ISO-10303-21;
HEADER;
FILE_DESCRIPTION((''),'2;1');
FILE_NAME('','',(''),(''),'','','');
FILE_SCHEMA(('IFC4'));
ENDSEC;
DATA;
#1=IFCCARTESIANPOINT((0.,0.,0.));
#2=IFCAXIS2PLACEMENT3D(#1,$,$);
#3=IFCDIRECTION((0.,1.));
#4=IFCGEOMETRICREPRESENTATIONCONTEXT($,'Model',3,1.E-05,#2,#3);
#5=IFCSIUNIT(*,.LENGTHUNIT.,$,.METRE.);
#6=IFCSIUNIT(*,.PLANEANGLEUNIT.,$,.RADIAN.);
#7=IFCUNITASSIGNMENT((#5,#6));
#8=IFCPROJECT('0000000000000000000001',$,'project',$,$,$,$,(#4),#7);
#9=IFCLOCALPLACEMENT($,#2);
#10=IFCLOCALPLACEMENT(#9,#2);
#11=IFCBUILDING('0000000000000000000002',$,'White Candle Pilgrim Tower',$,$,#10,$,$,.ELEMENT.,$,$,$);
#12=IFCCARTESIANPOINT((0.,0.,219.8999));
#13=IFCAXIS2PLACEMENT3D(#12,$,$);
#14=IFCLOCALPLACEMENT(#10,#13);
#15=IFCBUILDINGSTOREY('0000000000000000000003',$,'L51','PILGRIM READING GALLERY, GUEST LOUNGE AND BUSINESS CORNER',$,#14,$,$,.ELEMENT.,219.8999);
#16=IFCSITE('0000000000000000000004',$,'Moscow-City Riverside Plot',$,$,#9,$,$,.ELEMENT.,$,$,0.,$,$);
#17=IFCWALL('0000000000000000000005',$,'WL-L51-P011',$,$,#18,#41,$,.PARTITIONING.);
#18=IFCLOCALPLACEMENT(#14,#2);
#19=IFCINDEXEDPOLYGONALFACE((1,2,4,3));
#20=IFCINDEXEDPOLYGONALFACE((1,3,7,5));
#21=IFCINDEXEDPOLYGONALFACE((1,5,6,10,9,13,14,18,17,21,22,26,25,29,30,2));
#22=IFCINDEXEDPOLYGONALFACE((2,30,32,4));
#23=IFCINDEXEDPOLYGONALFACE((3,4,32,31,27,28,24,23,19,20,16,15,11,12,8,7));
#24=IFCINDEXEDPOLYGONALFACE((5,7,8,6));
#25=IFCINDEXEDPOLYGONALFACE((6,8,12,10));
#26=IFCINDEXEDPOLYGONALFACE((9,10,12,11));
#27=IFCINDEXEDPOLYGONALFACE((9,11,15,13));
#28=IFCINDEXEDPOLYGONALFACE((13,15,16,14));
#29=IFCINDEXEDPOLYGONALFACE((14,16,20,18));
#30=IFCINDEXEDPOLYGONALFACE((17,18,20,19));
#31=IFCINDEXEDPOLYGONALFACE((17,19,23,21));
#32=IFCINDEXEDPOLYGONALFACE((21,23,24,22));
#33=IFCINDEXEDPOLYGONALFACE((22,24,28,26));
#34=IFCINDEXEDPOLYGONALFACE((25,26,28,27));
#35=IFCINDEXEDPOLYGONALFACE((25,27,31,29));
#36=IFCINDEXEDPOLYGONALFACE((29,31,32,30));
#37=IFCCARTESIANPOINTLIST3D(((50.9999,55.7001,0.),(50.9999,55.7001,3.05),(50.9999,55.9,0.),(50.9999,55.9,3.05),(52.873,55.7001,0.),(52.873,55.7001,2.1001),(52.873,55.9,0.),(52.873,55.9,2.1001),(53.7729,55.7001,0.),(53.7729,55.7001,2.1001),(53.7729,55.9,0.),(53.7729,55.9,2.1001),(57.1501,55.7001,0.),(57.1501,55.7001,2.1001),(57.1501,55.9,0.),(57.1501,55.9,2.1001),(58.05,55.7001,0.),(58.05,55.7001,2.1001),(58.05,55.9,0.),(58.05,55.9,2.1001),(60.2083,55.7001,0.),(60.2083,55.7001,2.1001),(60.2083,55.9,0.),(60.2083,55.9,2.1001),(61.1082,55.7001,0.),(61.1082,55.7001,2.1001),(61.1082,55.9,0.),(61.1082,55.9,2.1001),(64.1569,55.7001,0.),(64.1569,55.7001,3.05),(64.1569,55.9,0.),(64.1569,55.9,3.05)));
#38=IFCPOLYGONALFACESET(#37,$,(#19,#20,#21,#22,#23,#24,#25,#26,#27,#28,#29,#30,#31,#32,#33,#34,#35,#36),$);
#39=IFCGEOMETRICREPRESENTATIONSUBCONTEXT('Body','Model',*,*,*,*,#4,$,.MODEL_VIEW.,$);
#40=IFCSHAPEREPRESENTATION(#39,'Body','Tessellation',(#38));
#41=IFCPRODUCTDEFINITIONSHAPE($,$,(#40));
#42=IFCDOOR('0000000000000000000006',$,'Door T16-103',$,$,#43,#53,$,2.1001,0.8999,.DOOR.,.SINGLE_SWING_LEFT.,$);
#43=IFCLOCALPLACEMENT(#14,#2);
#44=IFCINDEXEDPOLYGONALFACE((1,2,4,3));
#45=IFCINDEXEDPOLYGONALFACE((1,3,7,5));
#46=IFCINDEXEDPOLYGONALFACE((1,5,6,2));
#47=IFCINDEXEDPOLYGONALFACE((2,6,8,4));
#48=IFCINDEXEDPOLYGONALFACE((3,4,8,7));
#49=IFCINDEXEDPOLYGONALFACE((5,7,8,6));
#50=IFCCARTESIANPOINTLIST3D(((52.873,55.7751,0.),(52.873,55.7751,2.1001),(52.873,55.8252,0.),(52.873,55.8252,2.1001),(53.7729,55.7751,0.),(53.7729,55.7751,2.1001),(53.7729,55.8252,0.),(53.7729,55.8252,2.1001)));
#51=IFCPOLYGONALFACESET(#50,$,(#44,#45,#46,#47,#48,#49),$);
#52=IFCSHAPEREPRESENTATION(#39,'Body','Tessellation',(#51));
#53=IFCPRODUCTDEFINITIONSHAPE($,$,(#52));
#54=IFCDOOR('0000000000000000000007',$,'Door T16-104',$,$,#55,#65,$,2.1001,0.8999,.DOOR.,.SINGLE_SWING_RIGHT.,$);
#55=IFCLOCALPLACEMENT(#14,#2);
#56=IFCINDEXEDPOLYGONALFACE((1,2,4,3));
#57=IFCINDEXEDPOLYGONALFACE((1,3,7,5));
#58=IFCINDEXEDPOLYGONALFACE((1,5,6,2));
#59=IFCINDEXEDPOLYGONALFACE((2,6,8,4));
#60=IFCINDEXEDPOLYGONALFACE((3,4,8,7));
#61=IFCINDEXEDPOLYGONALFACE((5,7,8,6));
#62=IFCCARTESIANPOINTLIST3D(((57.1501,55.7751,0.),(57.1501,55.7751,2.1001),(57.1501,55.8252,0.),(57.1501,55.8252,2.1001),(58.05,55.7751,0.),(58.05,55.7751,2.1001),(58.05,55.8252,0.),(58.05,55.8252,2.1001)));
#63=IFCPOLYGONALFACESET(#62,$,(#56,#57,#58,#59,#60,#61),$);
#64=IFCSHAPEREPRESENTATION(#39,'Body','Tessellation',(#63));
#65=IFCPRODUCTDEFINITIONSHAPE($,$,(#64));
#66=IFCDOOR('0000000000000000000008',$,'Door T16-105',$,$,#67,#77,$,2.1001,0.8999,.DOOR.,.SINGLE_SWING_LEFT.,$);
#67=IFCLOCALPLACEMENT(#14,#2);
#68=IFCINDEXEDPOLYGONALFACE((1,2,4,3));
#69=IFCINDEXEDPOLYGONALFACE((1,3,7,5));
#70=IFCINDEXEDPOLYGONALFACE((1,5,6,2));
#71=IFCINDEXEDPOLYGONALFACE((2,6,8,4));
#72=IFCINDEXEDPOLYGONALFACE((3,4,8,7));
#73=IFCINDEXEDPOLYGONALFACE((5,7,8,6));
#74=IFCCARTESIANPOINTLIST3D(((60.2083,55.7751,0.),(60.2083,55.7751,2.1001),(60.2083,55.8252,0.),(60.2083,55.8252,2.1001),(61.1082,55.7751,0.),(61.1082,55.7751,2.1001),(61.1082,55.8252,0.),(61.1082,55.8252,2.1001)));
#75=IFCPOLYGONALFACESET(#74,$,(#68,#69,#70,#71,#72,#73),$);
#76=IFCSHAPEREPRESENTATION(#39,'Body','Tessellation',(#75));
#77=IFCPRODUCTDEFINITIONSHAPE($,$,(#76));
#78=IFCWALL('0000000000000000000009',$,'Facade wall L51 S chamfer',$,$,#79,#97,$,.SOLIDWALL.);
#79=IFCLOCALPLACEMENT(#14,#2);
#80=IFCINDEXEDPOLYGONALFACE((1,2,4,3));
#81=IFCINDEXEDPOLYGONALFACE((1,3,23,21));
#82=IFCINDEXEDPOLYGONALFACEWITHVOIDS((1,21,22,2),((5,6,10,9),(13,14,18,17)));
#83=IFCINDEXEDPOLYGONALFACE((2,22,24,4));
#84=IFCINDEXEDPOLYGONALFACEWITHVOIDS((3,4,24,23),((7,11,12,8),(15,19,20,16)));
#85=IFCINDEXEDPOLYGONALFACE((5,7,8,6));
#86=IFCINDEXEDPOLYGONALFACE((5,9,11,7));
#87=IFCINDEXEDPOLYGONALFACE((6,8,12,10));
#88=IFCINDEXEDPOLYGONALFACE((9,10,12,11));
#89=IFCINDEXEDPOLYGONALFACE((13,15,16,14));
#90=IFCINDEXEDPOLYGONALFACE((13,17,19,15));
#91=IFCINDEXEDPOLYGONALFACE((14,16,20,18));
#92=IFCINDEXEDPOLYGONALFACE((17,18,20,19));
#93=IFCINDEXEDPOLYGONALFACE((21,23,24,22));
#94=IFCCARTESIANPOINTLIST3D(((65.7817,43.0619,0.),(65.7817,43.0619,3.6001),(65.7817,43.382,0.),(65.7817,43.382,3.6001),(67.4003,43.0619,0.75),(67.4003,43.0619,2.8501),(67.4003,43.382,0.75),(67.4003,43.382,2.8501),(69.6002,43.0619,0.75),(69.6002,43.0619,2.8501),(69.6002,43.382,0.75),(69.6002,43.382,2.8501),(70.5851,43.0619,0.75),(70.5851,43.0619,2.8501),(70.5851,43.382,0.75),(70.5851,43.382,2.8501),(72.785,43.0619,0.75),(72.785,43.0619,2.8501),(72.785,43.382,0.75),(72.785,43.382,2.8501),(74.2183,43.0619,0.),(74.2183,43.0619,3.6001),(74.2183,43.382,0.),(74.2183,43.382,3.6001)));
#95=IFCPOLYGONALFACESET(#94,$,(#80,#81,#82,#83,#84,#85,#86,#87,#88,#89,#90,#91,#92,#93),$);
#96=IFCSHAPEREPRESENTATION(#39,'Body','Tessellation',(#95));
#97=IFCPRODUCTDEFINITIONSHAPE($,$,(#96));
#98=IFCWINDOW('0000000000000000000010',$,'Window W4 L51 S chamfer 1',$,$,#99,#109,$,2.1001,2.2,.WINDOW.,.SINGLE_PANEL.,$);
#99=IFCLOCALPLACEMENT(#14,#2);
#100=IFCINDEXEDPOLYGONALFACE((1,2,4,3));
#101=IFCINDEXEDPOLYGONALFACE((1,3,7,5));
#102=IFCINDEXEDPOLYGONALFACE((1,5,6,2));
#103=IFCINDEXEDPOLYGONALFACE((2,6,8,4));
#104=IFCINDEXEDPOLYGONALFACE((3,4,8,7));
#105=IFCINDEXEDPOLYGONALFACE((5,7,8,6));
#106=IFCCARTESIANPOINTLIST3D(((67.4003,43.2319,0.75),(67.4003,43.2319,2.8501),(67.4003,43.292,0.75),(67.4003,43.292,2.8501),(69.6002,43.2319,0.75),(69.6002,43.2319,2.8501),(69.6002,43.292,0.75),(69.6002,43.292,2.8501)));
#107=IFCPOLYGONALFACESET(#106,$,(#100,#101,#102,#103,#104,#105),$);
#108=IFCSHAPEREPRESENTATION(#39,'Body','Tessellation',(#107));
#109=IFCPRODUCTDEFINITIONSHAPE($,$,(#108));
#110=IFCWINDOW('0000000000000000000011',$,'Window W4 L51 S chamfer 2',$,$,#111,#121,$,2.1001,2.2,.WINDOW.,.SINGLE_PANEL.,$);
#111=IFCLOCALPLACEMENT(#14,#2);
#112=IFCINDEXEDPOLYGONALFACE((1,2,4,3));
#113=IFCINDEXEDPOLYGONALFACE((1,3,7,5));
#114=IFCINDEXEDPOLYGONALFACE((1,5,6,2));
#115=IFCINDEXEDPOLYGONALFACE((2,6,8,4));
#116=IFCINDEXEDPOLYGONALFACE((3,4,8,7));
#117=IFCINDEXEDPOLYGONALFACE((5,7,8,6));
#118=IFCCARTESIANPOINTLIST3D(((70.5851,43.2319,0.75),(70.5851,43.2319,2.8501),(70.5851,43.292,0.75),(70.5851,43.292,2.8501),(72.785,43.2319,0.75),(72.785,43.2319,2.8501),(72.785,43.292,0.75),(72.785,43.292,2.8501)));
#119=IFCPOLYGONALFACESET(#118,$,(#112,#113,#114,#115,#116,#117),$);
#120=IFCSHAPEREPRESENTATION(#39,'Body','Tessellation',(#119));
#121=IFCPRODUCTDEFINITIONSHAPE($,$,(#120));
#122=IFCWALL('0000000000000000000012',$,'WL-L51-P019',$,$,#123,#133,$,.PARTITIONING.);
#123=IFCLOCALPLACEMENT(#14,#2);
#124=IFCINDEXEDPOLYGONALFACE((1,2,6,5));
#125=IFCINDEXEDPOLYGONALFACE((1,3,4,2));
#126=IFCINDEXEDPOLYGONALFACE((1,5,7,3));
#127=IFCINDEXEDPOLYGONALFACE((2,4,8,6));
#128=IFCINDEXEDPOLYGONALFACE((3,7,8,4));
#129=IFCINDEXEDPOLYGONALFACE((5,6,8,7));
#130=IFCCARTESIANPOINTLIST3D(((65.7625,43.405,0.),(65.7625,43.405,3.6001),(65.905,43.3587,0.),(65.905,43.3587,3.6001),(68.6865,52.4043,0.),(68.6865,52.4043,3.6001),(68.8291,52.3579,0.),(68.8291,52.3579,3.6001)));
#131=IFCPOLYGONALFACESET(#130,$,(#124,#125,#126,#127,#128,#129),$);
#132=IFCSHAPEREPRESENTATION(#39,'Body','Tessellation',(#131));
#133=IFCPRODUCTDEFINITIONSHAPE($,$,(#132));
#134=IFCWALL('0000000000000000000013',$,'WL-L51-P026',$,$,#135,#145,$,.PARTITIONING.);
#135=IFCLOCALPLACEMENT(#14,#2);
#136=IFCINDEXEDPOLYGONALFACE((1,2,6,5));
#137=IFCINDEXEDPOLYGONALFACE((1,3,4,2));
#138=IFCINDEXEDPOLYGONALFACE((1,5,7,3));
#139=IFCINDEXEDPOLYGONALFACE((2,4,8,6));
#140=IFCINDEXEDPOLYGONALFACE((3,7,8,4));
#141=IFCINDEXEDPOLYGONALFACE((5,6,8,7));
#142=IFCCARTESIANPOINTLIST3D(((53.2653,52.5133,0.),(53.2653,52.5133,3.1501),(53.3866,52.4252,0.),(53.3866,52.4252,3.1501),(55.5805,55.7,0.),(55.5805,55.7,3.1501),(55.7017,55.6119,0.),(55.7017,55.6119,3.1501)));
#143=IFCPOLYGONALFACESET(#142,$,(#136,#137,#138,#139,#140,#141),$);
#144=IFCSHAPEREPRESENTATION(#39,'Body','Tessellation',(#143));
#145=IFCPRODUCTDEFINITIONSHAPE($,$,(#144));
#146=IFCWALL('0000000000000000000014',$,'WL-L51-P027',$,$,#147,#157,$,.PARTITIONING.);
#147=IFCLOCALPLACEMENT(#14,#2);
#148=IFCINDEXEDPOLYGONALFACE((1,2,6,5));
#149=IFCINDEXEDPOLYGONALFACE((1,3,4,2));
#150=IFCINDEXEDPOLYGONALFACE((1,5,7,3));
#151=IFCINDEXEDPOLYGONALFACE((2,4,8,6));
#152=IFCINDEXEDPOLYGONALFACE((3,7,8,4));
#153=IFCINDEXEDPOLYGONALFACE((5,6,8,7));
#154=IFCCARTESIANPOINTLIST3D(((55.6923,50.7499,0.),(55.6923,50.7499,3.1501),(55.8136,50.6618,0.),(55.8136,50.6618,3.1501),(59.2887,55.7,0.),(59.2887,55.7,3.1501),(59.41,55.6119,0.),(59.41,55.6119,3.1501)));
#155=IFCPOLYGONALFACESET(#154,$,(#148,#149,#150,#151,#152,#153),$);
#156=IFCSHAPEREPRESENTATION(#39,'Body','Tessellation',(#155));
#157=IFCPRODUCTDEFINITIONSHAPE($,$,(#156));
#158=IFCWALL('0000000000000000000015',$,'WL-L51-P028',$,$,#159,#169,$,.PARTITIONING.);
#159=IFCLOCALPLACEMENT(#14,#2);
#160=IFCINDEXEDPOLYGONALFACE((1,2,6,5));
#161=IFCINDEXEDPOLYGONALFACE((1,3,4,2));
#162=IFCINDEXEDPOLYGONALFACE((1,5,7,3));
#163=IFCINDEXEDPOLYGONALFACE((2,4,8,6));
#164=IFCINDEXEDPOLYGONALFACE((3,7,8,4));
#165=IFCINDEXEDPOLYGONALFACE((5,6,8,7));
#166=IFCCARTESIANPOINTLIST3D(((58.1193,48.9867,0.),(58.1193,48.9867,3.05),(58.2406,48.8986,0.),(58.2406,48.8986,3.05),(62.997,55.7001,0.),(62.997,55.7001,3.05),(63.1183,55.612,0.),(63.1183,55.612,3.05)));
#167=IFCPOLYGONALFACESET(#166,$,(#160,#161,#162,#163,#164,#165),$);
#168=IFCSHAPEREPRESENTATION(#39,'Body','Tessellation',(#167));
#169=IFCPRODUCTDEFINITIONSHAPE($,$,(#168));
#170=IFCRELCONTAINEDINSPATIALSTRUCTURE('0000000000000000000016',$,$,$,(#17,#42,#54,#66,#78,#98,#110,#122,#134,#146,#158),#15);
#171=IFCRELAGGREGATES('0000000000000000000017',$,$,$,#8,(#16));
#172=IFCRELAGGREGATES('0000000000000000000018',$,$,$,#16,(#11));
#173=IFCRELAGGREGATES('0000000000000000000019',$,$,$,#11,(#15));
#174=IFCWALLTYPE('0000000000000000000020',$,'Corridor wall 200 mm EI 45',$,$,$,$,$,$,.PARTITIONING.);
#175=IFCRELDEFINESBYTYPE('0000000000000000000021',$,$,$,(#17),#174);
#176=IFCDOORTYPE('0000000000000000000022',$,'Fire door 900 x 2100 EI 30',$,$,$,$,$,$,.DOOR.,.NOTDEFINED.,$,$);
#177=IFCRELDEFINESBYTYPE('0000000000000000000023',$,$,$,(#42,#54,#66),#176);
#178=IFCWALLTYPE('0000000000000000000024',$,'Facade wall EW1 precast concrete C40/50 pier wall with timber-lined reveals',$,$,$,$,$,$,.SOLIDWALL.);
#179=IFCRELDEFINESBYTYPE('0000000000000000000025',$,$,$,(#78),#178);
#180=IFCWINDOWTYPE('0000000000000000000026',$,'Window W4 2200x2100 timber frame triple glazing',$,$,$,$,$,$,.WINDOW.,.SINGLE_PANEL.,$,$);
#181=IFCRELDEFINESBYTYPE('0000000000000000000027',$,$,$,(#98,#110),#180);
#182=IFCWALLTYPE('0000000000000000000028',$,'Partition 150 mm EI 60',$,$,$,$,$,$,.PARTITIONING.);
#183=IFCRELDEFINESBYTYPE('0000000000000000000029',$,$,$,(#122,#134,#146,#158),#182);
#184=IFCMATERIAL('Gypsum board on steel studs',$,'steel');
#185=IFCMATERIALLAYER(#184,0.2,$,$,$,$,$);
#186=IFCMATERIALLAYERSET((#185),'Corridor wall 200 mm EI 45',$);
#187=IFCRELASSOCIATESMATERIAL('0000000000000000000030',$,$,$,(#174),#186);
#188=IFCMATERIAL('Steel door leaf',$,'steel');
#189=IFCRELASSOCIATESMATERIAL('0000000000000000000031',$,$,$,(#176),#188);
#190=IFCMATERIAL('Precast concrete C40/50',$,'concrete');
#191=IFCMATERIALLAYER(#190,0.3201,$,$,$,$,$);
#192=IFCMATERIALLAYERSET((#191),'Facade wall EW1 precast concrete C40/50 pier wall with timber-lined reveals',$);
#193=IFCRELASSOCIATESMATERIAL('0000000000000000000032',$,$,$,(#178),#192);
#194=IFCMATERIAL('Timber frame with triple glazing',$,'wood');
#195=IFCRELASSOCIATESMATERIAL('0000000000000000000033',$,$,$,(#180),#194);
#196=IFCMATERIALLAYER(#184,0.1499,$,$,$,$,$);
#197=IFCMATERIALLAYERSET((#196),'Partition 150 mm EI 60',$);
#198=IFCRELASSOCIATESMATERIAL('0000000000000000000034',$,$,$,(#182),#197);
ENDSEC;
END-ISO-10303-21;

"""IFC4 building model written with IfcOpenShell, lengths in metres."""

from ifc_helpers import new_model, si_unit, direction, frame, frame_2d, origin, place, context, subcontext, project, spatial, rectangle, extrude, material, layer, layer_set, type_object, element, fill, save


model = new_model("IFC4")

# Units and contexts
model_context = context("Model", 3, precision=1e-05, world=origin(), true_north=direction((0.0, 1.0)))
body_context = subcontext(model_context, "Body", "Model", "MODEL_VIEW")
ifc_project = project(units=[si_unit("LENGTHUNIT", "METRE"), si_unit("PLANEANGLEUNIT", "RADIAN")], contexts=[model_context])

# Site, building, storey
site_placement = place(None, origin())
site = spatial("IfcSite", under=ifc_project, at=site_placement, Name="Moscow-City Riverside Plot", CompositionType="ELEMENT", RefElevation=0.0)
building_placement = place(site_placement, origin())
building = spatial("IfcBuilding", under=site, at=building_placement, Name="White Candle Pilgrim Tower", CompositionType="ELEMENT")
storey_placement = place(building_placement, frame((0.0, 0.0, 219.8999)))
storey = spatial("IfcBuildingStorey", under=building, at=storey_placement, Name="L51", Description="PILGRIM READING GALLERY, GUEST LOUNGE AND BUSINESS CORNER", CompositionType="ELEMENT", Elevation=219.8999)

# Wall, openings, doors
ifc_material_1 = material(Name="Gypsum board on steel studs", Category="steel")
ifc_layer_1 = layer(ifc_material_1, 0.2)
ifc_layer_set_1 = layer_set([ifc_layer_1], Name="Corridor wall 200 mm EI 45")
wall_type_1 = type_object("IfcWallType", Name="Corridor wall 200 mm EI 45", PredefinedType="PARTITIONING", material=ifc_layer_set_1)
wall_1_placement = place(storey_placement, frame((64.157, 55.8, 0.0), z_axis=(0.0, 0.0, 1.0), x_axis=(-1.0, 0.0, 0.0)))
wall_1 = element("IfcWall", 1, at=wall_1_placement, inside=storey, type_object=wall_type_1, Name="WL-L51-P011", PredefinedType="PARTITIONING", context=body_context, shape_type="SweptSolid", body=[
    extrude(rectangle(XDim=13.157, YDim=0.2, at=frame_2d((6.5786, 0.0))), origin(), (0.0, 0.0, 1.0), 3.05),
])
opening_1_placement = place(wall_1_placement, frame((10.384, 0.0, 0.0)))
opening_1 = element("IfcOpeningElement", 2, at=opening_1_placement, cuts=wall_1, PredefinedType="OPENING", context=body_context, shape_type="SweptSolid", body=[
    extrude(rectangle(XDim=0.8999, YDim=2.1001, at=frame_2d((0.45, 1.05))), frame((0.0, 0.1099, 0.0), z_axis=(0.0, -1.0, 0.0), x_axis=(1.0, 0.0, 0.0)), (0.0, 0.0, 1.0), 0.22),
])
opening_2_placement = place(wall_1_placement, frame((6.1069, 0.0, 0.0)))
opening_2 = element("IfcOpeningElement", 3, at=opening_2_placement, cuts=wall_1, PredefinedType="OPENING", context=body_context, shape_type="SweptSolid", body=[
    extrude(rectangle(XDim=0.8999, YDim=2.1001, at=frame_2d((0.45, 1.05))), frame((0.0, 0.1099, 0.0), z_axis=(0.0, -1.0, 0.0), x_axis=(1.0, 0.0, 0.0)), (0.0, 0.0, 1.0), 0.22),
])
opening_3_placement = place(wall_1_placement, frame((3.0488, 0.0, 0.0)))
opening_3 = element("IfcOpeningElement", 4, at=opening_3_placement, cuts=wall_1, PredefinedType="OPENING", context=body_context, shape_type="SweptSolid", body=[
    extrude(rectangle(XDim=0.8999, YDim=2.1001, at=frame_2d((0.45, 1.05))), frame((0.0, 0.1099, 0.0), z_axis=(0.0, -1.0, 0.0), x_axis=(1.0, 0.0, 0.0)), (0.0, 0.0, 1.0), 0.22),
])
ifc_material_2 = material(Name="Steel door leaf", Category="steel")
door_type = type_object("IfcDoorType", Name="Fire door 900 x 2100 EI 30", OperationType="NOTDEFINED", PredefinedType="DOOR", material=ifc_material_2)
door_1_placement = place(opening_1_placement, origin())
door_1 = element("IfcDoor", 5, at=door_1_placement, inside=storey, type_object=door_type, Name="Door T16-103", OperationType="SINGLE_SWING_LEFT", OverallHeight=2.1001, OverallWidth=0.8999, PredefinedType="DOOR", context=body_context, shape_type="SweptSolid", body=[
    extrude(rectangle(XDim=0.8999, YDim=2.1001, at=frame_2d((0.45, 1.05))), frame((0.0, 0.0249, 0.0), z_axis=(0.0, -1.0, 0.0), x_axis=(1.0, 0.0, 0.0)), (0.0, 0.0, 1.0), 0.05),
])
fill(opening_1, door_1)
door_2_placement = place(opening_2_placement, origin())
door_2 = element("IfcDoor", 6, at=door_2_placement, inside=storey, type_object=door_type, Name="Door T16-104", OperationType="SINGLE_SWING_RIGHT", OverallHeight=2.1001, OverallWidth=0.8999, PredefinedType="DOOR", context=body_context, shape_type="SweptSolid", body=[
    extrude(rectangle(XDim=0.8999, YDim=2.1001, at=frame_2d((0.45, 1.05))), frame((0.0, 0.0249, 0.0), z_axis=(0.0, -1.0, 0.0), x_axis=(1.0, 0.0, 0.0)), (0.0, 0.0, 1.0), 0.05),
])
fill(opening_2, door_2)
door_3_placement = place(opening_3_placement, origin())
door_3 = element("IfcDoor", 7, at=door_3_placement, inside=storey, type_object=door_type, Name="Door T16-105", OperationType="SINGLE_SWING_LEFT", OverallHeight=2.1001, OverallWidth=0.8999, PredefinedType="DOOR", context=body_context, shape_type="SweptSolid", body=[
    extrude(rectangle(XDim=0.8999, YDim=2.1001, at=frame_2d((0.45, 1.05))), frame((0.0, 0.0249, 0.0), z_axis=(0.0, -1.0, 0.0), x_axis=(1.0, 0.0, 0.0)), (0.0, 0.0, 1.0), 0.05),
])
fill(opening_3, door_3)

# Wall, openings, windows
ifc_material_3 = material(Name="Precast concrete C40/50", Category="concrete")
ifc_layer_2 = layer(ifc_material_3, 0.3201)
ifc_layer_set_2 = layer_set([ifc_layer_2], Name="Facade wall EW1 precast concrete C40/50 pier wall with timber-lined reveals")
wall_type_2 = type_object("IfcWallType", Name="Facade wall EW1 precast concrete C40/50 pier wall with timber-lined reveals", PredefinedType="SOLIDWALL", material=ifc_layer_set_2)
wall_2_placement = place(storey_placement, frame((65.7817, 43.2219, 0.0), z_axis=(0.0, 0.0, 1.0), x_axis=(1.0, 0.0, 0.0)))
wall_2 = element("IfcWall", 8, at=wall_2_placement, inside=storey, type_object=wall_type_2, Name="Facade wall L51 S chamfer", PredefinedType="SOLIDWALL", context=body_context, shape_type="SweptSolid", body=[
    extrude(rectangle(XDim=8.4365, YDim=0.3201, at=frame_2d((4.2183, 0.0))), origin(), (0.0, 0.0, 1.0), 3.6001),
])
opening_4_placement = place(wall_2_placement, frame((1.6184, 0.0, 0.75)))
opening_4 = element("IfcOpeningElement", 9, at=opening_4_placement, cuts=wall_2, PredefinedType="OPENING", context=body_context, shape_type="SweptSolid", body=[
    extrude(rectangle(XDim=2.2, YDim=2.1001, at=frame_2d((1.1001, 1.05))), frame((0.0, 0.1699, 0.0), z_axis=(0.0, -1.0, 0.0), x_axis=(1.0, 0.0, 0.0)), (0.0, 0.0, 1.0), 0.3401),
])
opening_5_placement = place(wall_2_placement, frame((4.8032, 0.0, 0.75)))
opening_5 = element("IfcOpeningElement", 10, at=opening_5_placement, cuts=wall_2, PredefinedType="OPENING", context=body_context, shape_type="SweptSolid", body=[
    extrude(rectangle(XDim=2.2, YDim=2.1001, at=frame_2d((1.1001, 1.05))), frame((0.0, 0.1699, 0.0), z_axis=(0.0, -1.0, 0.0), x_axis=(1.0, 0.0, 0.0)), (0.0, 0.0, 1.0), 0.3401),
])
ifc_material_4 = material(Name="Timber frame with triple glazing", Category="wood")
window_type = type_object("IfcWindowType", Name="Window W4 2200x2100 timber frame triple glazing", PartitioningType="SINGLE_PANEL", PredefinedType="WINDOW", material=ifc_material_4)
window_1_placement = place(opening_4_placement, origin())
window_1 = element("IfcWindow", 11, at=window_1_placement, inside=storey, type_object=window_type, Name="Window W4 L51 S chamfer 1", OverallHeight=2.1001, OverallWidth=2.2, PartitioningType="SINGLE_PANEL", PredefinedType="WINDOW", context=body_context, shape_type="SweptSolid", body=[
    extrude(rectangle(XDim=2.2, YDim=2.1001, at=frame_2d((1.1001, 1.05))), frame((0.0, 0.0701, 0.0), z_axis=(0.0, -1.0, 0.0), x_axis=(1.0, 0.0, 0.0)), (0.0, 0.0, 1.0), 0.0601),
])
fill(opening_4, window_1)
window_2_placement = place(opening_5_placement, origin())
window_2 = element("IfcWindow", 12, at=window_2_placement, inside=storey, type_object=window_type, Name="Window W4 L51 S chamfer 2", OverallHeight=2.1001, OverallWidth=2.2, PartitioningType="SINGLE_PANEL", PredefinedType="WINDOW", context=body_context, shape_type="SweptSolid", body=[
    extrude(rectangle(XDim=2.2, YDim=2.1001, at=frame_2d((1.1001, 1.05))), frame((0.0, 0.0701, 0.0), z_axis=(0.0, -1.0, 0.0), x_axis=(1.0, 0.0, 0.0)), (0.0, 0.0, 1.0), 0.0601),
])
fill(opening_5, window_2)

# Walls
ifc_layer_3 = layer(ifc_material_1, 0.1499)
ifc_layer_set_3 = layer_set([ifc_layer_3], Name="Partition 150 mm EI 60")
wall_type_3 = type_object("IfcWallType", Name="Partition 150 mm EI 60", PredefinedType="PARTITIONING", material=ifc_layer_set_3)
wall_3_placement = place(storey_placement, frame((65.8337, 43.3818, 0.0), z_axis=(0.0, 0.0, 1.0), x_axis=(0.30902, 0.951055, 0.0)))
element("IfcWall", 13, at=wall_3_placement, inside=storey, type_object=wall_type_3, Name="WL-L51-P019", PredefinedType="PARTITIONING", context=body_context, shape_type="SweptSolid", body=[
    extrude(rectangle(XDim=9.4624, YDim=0.1499, at=frame_2d((4.7312, 0.0))), origin(), (0.0, 0.0, 1.0), 3.6001),
])
wall_4_placement = place(storey_placement, frame((53.3259, 52.4692, 0.0), z_axis=(0.0, 0.0, 1.0), x_axis=(0.587763, 0.809033, 0.0)))
element("IfcWall", 14, at=wall_4_placement, inside=storey, type_object=wall_type_3, Name="WL-L51-P026", PredefinedType="PARTITIONING", context=body_context, shape_type="SweptSolid", body=[
    extrude(rectangle(XDim=3.939, YDim=0.1499, at=frame_2d((1.9695, 0.0))), origin(), (0.0, 0.0, 1.0), 3.1501),
])
wall_5_placement = place(storey_placement, frame((55.7529, 50.7058, 0.0), z_axis=(0.0, 0.0, 1.0), x_axis=(0.587775, 0.809024, 0.0)))
element("IfcWall", 15, at=wall_5_placement, inside=storey, type_object=wall_type_3, Name="WL-L51-P027", PredefinedType="PARTITIONING", context=body_context, shape_type="SweptSolid", body=[
    extrude(rectangle(XDim=6.1187, YDim=0.1499, at=frame_2d((3.0593, 0.0))), origin(), (0.0, 0.0, 1.0), 3.1501),
])
wall_6_placement = place(storey_placement, frame((58.1799, 48.9426, 0.0), z_axis=(0.0, 0.0, 1.0), x_axis=(0.587796, 0.80901, 0.0)))
element("IfcWall", 16, at=wall_6_placement, inside=storey, type_object=wall_type_3, Name="WL-L51-P028", PredefinedType="PARTITIONING", context=body_context, shape_type="SweptSolid", body=[
    extrude(rectangle(XDim=8.2983, YDim=0.1499, at=frame_2d((4.1492, 0.0))), origin(), (0.0, 0.0, 1.0), 3.05),
])

save(model, "model.ifc")
